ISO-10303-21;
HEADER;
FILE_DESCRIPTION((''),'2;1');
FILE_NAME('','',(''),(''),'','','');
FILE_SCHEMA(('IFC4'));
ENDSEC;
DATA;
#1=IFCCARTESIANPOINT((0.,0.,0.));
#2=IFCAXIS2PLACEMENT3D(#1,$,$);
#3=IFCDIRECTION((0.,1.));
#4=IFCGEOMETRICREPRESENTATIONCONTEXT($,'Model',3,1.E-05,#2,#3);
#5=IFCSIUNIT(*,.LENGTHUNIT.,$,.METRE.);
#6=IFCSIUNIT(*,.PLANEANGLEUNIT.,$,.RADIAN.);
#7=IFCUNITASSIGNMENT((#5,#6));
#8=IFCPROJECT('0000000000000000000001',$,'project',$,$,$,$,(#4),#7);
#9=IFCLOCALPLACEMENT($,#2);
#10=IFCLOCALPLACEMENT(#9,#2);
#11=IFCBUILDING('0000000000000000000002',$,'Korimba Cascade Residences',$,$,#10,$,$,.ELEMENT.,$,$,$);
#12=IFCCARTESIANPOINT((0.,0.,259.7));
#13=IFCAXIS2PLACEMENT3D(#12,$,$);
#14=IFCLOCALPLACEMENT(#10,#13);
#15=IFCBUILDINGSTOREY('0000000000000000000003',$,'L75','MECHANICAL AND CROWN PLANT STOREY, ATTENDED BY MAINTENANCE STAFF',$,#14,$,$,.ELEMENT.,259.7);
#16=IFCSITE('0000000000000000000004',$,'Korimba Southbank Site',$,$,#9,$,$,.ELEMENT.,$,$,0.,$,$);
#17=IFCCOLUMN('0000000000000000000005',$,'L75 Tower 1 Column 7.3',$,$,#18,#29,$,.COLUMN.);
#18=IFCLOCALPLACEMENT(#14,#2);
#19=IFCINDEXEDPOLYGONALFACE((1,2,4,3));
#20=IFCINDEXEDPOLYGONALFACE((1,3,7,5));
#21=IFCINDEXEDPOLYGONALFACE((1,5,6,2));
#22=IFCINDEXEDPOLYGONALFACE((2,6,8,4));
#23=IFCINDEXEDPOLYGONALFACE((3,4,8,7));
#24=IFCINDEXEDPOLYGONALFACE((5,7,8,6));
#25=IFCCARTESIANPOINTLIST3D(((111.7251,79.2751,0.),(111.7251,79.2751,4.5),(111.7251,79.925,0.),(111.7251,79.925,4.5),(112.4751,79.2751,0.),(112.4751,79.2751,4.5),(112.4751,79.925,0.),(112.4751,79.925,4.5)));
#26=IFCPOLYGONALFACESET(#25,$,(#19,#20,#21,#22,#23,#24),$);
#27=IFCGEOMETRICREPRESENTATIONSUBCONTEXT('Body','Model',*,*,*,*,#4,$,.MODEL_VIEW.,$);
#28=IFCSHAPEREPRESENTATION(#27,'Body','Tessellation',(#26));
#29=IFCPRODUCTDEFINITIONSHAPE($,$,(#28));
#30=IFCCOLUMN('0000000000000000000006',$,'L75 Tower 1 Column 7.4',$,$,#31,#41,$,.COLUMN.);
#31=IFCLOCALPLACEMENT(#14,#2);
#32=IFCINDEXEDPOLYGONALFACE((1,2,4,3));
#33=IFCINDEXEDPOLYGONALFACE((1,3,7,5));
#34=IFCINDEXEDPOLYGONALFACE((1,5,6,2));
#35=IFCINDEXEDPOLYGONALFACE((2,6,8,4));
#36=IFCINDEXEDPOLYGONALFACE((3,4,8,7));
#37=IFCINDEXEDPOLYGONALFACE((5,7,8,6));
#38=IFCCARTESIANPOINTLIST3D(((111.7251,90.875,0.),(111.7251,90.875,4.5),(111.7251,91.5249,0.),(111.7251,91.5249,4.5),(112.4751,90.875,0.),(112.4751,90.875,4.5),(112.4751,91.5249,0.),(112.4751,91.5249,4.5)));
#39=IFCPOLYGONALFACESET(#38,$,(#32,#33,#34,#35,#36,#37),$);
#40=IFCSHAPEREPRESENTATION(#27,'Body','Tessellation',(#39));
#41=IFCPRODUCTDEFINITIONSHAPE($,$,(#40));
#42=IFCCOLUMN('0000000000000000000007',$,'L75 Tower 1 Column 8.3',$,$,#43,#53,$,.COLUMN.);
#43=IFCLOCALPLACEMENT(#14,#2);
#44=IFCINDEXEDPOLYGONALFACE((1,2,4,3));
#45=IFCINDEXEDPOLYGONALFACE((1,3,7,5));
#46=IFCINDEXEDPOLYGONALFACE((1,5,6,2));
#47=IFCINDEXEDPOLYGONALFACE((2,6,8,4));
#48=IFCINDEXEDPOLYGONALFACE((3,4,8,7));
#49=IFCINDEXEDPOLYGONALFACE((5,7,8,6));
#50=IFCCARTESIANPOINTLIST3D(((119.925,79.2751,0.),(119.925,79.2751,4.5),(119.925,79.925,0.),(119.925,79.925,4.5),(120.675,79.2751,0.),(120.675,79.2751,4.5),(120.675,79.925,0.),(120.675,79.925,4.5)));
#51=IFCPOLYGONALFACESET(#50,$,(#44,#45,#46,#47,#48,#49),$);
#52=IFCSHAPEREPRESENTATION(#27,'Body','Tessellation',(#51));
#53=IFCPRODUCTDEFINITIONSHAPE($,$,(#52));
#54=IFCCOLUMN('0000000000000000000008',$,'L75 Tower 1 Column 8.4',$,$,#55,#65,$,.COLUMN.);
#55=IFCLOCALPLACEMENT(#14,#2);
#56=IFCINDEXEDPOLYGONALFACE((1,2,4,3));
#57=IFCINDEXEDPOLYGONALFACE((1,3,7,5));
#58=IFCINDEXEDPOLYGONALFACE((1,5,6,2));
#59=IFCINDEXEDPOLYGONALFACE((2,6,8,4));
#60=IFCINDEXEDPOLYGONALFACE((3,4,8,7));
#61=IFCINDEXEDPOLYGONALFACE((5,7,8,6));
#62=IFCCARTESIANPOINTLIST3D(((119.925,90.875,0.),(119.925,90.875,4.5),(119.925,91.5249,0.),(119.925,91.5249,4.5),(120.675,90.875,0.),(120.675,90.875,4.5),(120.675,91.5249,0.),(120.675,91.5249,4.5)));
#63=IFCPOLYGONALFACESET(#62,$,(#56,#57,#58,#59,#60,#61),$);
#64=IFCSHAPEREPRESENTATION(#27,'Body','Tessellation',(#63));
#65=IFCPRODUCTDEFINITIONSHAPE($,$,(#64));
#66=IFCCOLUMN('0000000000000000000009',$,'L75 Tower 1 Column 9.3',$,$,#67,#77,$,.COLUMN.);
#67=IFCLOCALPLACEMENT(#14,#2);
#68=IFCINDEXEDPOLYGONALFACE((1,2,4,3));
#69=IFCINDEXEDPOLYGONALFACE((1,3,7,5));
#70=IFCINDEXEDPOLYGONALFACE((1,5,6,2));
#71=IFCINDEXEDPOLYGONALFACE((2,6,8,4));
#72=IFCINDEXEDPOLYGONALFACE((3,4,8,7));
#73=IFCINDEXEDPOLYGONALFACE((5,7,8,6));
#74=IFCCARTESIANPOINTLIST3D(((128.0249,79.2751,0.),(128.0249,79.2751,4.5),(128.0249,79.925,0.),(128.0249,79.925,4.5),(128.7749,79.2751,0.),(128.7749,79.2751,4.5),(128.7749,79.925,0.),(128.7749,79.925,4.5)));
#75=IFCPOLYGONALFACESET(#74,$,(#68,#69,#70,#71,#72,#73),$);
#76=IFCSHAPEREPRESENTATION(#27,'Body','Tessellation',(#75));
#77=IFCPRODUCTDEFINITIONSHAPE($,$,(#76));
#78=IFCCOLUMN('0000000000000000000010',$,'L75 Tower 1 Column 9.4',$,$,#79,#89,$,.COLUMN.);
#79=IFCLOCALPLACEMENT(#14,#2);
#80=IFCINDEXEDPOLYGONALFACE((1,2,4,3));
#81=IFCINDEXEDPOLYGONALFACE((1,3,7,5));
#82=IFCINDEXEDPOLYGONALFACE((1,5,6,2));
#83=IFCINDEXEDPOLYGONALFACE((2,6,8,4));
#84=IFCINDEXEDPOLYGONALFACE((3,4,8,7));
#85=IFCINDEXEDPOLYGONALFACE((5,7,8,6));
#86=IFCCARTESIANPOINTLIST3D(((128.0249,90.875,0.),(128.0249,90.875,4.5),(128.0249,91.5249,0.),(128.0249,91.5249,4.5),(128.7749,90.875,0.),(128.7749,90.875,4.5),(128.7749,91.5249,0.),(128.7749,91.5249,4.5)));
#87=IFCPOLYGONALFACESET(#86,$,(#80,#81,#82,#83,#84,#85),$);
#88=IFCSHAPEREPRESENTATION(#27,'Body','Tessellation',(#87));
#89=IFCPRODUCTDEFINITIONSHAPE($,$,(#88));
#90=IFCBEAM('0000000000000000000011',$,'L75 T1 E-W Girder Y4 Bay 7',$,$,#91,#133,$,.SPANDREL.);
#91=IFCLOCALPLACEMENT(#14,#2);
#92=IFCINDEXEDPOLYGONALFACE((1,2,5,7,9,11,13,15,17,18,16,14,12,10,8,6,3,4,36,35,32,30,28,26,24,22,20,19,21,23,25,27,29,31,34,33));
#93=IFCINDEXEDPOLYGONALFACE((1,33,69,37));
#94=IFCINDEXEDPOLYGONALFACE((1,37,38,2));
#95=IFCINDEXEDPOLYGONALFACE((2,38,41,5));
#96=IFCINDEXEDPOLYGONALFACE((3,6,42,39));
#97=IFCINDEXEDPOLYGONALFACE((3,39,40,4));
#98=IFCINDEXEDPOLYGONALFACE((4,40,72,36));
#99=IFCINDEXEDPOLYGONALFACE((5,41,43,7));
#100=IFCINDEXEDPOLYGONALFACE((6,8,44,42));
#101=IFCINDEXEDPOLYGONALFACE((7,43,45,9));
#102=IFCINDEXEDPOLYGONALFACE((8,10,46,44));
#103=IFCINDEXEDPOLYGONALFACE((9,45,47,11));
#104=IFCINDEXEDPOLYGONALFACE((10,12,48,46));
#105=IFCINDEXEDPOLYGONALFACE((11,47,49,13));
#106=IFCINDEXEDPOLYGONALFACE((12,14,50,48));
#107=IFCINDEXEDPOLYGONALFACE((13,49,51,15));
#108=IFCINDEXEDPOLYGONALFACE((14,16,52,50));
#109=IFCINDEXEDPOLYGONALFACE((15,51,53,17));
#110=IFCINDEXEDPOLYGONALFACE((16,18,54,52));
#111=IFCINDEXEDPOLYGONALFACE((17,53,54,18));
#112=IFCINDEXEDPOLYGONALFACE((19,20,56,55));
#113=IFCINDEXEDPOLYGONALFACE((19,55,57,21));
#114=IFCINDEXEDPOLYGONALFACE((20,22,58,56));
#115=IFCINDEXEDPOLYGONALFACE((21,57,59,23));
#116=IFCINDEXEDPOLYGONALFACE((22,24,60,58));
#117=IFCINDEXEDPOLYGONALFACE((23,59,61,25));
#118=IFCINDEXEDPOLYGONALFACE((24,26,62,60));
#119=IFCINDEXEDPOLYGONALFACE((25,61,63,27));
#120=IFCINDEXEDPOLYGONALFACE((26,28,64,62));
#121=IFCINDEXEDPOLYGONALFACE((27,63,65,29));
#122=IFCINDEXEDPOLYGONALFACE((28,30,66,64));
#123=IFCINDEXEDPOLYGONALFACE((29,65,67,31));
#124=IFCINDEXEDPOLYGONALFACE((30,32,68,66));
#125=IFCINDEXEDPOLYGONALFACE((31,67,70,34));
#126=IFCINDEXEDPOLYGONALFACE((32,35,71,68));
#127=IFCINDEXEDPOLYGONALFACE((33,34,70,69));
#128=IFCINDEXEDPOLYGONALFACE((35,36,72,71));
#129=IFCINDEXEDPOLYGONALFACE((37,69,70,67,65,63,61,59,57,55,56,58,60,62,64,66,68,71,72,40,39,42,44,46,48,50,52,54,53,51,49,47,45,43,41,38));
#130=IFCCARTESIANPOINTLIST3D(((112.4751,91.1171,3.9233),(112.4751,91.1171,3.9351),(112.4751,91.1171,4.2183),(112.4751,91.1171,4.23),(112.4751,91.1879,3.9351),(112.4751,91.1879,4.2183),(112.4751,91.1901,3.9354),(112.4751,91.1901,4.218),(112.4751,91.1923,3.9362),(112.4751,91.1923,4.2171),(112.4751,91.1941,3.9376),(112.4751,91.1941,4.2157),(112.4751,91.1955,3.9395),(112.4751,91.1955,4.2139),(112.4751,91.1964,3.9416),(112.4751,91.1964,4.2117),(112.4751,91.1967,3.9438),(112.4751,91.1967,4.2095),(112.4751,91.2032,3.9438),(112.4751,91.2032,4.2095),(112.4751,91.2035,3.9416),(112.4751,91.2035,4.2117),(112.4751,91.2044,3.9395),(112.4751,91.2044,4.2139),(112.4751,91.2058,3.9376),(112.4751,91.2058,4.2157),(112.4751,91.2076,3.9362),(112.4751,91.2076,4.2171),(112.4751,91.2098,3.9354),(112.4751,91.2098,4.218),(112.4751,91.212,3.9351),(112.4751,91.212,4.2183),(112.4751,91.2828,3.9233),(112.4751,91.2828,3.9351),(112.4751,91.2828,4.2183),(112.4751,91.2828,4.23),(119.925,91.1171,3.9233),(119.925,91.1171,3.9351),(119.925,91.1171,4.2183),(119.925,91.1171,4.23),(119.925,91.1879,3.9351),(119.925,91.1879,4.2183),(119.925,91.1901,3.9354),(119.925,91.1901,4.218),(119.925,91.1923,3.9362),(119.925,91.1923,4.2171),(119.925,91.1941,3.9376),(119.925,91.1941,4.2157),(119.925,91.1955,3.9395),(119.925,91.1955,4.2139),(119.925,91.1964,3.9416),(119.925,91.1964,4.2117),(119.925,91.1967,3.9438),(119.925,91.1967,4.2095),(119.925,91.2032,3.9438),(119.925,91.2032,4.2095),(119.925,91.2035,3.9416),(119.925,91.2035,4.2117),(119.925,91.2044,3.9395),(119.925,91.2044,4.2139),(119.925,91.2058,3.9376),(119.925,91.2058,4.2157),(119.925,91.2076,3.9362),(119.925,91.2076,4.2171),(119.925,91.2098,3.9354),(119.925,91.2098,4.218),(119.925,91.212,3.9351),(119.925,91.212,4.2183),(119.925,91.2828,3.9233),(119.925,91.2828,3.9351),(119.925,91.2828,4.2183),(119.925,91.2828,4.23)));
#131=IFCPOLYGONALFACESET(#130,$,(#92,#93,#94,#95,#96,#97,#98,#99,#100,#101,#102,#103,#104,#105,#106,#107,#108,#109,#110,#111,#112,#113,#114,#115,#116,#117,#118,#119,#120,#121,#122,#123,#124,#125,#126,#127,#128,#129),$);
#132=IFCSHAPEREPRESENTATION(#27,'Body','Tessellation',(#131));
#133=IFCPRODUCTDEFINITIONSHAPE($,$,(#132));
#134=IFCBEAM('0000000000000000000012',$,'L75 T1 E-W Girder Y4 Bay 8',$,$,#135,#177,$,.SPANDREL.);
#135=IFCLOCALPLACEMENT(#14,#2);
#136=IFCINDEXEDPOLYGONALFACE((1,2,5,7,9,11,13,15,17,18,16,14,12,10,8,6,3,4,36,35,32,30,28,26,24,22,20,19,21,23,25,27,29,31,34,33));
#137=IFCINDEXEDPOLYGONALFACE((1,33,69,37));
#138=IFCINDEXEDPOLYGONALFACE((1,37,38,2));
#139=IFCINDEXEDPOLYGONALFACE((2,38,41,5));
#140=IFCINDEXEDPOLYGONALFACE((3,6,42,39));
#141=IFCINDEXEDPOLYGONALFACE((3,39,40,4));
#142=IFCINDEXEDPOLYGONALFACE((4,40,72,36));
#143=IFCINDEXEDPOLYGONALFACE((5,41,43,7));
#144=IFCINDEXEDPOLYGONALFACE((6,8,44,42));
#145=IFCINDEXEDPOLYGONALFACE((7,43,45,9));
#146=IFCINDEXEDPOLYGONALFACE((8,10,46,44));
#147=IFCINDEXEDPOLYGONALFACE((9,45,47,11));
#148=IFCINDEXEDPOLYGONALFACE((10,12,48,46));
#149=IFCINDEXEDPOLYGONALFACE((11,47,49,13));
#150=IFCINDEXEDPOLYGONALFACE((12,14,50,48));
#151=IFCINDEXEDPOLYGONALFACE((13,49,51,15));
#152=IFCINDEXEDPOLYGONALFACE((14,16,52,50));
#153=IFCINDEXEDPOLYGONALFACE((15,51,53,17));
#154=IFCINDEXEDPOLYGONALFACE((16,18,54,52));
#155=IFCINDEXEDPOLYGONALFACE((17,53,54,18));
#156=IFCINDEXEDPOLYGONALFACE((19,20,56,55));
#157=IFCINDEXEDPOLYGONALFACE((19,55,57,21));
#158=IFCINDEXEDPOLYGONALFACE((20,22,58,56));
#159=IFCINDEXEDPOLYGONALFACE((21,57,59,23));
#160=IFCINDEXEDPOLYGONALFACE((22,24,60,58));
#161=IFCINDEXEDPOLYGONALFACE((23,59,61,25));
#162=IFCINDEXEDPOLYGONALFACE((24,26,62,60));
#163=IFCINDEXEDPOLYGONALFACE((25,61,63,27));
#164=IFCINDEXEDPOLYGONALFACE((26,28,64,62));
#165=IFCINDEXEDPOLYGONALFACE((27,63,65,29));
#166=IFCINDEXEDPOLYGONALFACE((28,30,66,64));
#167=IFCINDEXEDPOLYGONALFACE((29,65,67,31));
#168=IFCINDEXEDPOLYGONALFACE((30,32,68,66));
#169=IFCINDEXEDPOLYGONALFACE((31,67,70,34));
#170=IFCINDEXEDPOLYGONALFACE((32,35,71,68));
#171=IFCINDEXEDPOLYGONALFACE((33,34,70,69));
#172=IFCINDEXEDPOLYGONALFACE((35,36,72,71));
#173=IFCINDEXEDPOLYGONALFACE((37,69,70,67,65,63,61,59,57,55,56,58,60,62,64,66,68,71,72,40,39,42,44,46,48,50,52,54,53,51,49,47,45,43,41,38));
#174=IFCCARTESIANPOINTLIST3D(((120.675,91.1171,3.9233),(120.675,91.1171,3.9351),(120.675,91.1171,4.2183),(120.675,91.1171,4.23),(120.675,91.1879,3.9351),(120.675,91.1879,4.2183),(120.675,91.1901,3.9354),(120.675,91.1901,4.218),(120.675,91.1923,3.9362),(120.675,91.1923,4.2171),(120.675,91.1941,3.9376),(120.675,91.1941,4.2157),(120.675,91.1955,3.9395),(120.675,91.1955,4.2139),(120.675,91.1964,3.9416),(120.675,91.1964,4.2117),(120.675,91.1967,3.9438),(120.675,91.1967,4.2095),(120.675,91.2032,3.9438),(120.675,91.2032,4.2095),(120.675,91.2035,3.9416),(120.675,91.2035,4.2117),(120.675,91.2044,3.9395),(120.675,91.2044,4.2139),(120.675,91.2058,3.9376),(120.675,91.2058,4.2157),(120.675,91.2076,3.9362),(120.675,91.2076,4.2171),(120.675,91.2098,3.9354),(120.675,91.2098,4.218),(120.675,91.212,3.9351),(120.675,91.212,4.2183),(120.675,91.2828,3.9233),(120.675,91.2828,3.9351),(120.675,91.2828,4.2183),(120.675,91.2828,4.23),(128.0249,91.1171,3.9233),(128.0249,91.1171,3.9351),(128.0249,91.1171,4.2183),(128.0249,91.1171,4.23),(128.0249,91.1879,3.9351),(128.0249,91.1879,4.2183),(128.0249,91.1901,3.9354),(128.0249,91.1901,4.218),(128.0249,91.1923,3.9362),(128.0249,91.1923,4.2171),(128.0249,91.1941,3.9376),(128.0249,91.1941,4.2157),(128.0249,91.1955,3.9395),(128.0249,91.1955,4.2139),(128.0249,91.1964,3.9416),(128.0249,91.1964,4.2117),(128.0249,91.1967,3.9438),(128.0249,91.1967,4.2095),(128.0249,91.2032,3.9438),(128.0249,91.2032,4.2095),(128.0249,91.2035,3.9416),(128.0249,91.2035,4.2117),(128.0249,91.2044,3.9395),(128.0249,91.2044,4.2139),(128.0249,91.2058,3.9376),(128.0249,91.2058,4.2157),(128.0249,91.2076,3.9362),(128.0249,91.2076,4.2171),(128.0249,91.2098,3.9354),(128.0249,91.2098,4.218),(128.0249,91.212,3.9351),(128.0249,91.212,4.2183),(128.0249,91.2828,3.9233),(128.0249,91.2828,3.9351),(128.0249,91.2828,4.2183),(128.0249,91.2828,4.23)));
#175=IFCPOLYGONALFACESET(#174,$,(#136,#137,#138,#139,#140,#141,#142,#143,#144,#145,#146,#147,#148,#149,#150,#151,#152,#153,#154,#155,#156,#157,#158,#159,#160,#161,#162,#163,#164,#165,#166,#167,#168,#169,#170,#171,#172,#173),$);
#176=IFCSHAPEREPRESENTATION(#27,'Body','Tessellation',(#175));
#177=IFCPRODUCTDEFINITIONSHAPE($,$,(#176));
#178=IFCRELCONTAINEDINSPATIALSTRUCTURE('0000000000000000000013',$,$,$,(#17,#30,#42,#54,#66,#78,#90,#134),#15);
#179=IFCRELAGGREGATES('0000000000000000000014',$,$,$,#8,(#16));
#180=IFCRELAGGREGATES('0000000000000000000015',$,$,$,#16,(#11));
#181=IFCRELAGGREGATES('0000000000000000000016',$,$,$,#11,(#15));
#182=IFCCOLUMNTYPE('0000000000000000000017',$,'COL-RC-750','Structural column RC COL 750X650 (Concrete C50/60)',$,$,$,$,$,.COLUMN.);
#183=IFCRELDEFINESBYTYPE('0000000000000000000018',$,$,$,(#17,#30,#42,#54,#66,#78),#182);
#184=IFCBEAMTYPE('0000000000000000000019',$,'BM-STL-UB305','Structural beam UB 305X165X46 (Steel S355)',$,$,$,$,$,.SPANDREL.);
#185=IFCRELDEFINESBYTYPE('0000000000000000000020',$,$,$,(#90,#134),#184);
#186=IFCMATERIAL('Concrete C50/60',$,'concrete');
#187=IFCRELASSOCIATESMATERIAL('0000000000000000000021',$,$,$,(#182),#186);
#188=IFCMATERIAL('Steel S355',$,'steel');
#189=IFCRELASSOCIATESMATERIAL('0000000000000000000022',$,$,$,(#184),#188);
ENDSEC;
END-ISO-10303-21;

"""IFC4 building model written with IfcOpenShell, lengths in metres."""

from ifc_helpers import new_model, si_unit, direction, frame, origin, origin_2d, place, context, subcontext, project, spatial, rectangle, i_section, extrude, material, material_profile, profile_set, type_object, element, save


model = new_model("IFC4")

# Units and contexts
model_context = context("Model", 3, precision=1e-05, world=origin(), true_north=direction((0.0, 1.0)))
body_context = subcontext(model_context, "Body", "Model", "MODEL_VIEW")
ifc_project = project(units=[si_unit("LENGTHUNIT", "METRE"), si_unit("PLANEANGLEUNIT", "RADIAN")], contexts=[model_context])

# Site, building, storey
site_placement = place(None, origin())
site = spatial("IfcSite", under=ifc_project, at=site_placement, Name="Korimba Southbank Site", CompositionType="ELEMENT", RefElevation=0.0)
building_placement = place(site_placement, origin())
building = spatial("IfcBuilding", under=site, at=building_placement, Name="Korimba Cascade Residences", CompositionType="ELEMENT")
storey_placement = place(building_placement, frame((0.0, 0.0, 259.7)))
storey = spatial("IfcBuildingStorey", under=building, at=storey_placement, Name="L75", Description="MECHANICAL AND CROWN PLANT STOREY, ATTENDED BY MAINTENANCE STAFF", CompositionType="ELEMENT", Elevation=259.7)

# Columns
ifc_material_1 = material(Name="Concrete C50/60", Category="concrete")
ifc_material_profile_1 = material_profile(ifc_material_1, rectangle(XDim=0.75, YDim=0.6499, at=origin_2d()), Name="Concrete C50/60")
ifc_profile_set_1 = profile_set([ifc_material_profile_1], Name="Concrete C50/60")
column_type = type_object("IfcColumnType", Name="COL-RC-750", Description="Structural column RC COL 750X650 (Concrete C50/60)", PredefinedType="COLUMN", material=ifc_profile_set_1)
for number, where, z_axis, x_axis, name in (
    (1, (112.1001, 79.6001, 0.0), (0.0, 0.0, 1.0), (1.0, 0.0, 0.0), "L75 Tower 1 Column 7.3"),
    (2, (112.1001, 91.2, 0.0), (0.0, 0.0, 1.0), (1.0, 0.0, 0.0), "L75 Tower 1 Column 7.4"),
    (3, (120.3, 79.6001, 0.0), (0.0, 0.0, 1.0), (1.0, 0.0, 0.0), "L75 Tower 1 Column 8.3"),
    (4, (120.3, 91.2, 0.0), (0.0, 0.0, 1.0), (1.0, 0.0, 0.0), "L75 Tower 1 Column 8.4"),
    (5, (128.3999, 79.6001, 0.0), (0.0, 0.0, 1.0), (1.0, 0.0, 0.0), "L75 Tower 1 Column 9.3"),
    (6, (128.3999, 91.2, 0.0), (0.0, 0.0, 1.0), (1.0, 0.0, 0.0), "L75 Tower 1 Column 9.4"),
):
    element("IfcColumn", number, at=place(storey_placement, frame(where, z_axis=z_axis, x_axis=x_axis)), inside=storey, type_object=column_type, Name=name, PredefinedType="COLUMN", context=body_context, shape_type="SweptSolid", body=[
        extrude(rectangle(XDim=0.75, YDim=0.6499, at=origin_2d()), origin(), (0.0, 0.0, 1.0), 4.5),
    ])

# Beams
ifc_material_2 = material(Name="Steel S355", Category="steel")
ifc_material_profile_2 = material_profile(ifc_material_2, i_section(OverallWidth=0.1658, OverallDepth=0.3066, WebThickness=0.0066, FlangeThickness=0.0117, FilletRadius=0.0088, at=origin_2d()), Name="Steel S355")
ifc_profile_set_2 = profile_set([ifc_material_profile_2], Name="Steel S355")
beam_type_1 = type_object("IfcBeamType", Name="BM-STL-UB305", Description="Structural beam UB 305X165X46 (Steel S355)", PredefinedType="SPANDREL", material=ifc_profile_set_2)
beam_1_placement = place(storey_placement, frame((112.4751, 91.2, 4.0767), z_axis=(1.0, 0.0, 0.0), x_axis=(0.0, 1.0, 0.0)))
element("IfcBeam", 7, at=beam_1_placement, inside=storey, type_object=beam_type_1, Name="L75 T1 E-W Girder Y4 Bay 7", PredefinedType="SPANDREL", context=body_context, shape_type="SweptSolid", body=[
    extrude(i_section(OverallWidth=0.1658, OverallDepth=0.3066, WebThickness=0.0066, FlangeThickness=0.0117, FilletRadius=0.0088, at=origin_2d()), origin(), (0.0, 0.0, 1.0), 7.45),
])
beam_2_placement = place(storey_placement, frame((120.675, 91.2, 4.0767), z_axis=(1.0, 0.0, 0.0), x_axis=(0.0, 1.0, 0.0)))
element("IfcBeam", 8, at=beam_2_placement, inside=storey, type_object=beam_type_1, Name="L75 T1 E-W Girder Y4 Bay 8", PredefinedType="SPANDREL", context=body_context, shape_type="SweptSolid", body=[
    extrude(i_section(OverallWidth=0.1658, OverallDepth=0.3066, WebThickness=0.0066, FlangeThickness=0.0117, FilletRadius=0.0088, at=origin_2d()), origin(), (0.0, 0.0, 1.0), 7.3499),
])

save(model, "model.ifc")
